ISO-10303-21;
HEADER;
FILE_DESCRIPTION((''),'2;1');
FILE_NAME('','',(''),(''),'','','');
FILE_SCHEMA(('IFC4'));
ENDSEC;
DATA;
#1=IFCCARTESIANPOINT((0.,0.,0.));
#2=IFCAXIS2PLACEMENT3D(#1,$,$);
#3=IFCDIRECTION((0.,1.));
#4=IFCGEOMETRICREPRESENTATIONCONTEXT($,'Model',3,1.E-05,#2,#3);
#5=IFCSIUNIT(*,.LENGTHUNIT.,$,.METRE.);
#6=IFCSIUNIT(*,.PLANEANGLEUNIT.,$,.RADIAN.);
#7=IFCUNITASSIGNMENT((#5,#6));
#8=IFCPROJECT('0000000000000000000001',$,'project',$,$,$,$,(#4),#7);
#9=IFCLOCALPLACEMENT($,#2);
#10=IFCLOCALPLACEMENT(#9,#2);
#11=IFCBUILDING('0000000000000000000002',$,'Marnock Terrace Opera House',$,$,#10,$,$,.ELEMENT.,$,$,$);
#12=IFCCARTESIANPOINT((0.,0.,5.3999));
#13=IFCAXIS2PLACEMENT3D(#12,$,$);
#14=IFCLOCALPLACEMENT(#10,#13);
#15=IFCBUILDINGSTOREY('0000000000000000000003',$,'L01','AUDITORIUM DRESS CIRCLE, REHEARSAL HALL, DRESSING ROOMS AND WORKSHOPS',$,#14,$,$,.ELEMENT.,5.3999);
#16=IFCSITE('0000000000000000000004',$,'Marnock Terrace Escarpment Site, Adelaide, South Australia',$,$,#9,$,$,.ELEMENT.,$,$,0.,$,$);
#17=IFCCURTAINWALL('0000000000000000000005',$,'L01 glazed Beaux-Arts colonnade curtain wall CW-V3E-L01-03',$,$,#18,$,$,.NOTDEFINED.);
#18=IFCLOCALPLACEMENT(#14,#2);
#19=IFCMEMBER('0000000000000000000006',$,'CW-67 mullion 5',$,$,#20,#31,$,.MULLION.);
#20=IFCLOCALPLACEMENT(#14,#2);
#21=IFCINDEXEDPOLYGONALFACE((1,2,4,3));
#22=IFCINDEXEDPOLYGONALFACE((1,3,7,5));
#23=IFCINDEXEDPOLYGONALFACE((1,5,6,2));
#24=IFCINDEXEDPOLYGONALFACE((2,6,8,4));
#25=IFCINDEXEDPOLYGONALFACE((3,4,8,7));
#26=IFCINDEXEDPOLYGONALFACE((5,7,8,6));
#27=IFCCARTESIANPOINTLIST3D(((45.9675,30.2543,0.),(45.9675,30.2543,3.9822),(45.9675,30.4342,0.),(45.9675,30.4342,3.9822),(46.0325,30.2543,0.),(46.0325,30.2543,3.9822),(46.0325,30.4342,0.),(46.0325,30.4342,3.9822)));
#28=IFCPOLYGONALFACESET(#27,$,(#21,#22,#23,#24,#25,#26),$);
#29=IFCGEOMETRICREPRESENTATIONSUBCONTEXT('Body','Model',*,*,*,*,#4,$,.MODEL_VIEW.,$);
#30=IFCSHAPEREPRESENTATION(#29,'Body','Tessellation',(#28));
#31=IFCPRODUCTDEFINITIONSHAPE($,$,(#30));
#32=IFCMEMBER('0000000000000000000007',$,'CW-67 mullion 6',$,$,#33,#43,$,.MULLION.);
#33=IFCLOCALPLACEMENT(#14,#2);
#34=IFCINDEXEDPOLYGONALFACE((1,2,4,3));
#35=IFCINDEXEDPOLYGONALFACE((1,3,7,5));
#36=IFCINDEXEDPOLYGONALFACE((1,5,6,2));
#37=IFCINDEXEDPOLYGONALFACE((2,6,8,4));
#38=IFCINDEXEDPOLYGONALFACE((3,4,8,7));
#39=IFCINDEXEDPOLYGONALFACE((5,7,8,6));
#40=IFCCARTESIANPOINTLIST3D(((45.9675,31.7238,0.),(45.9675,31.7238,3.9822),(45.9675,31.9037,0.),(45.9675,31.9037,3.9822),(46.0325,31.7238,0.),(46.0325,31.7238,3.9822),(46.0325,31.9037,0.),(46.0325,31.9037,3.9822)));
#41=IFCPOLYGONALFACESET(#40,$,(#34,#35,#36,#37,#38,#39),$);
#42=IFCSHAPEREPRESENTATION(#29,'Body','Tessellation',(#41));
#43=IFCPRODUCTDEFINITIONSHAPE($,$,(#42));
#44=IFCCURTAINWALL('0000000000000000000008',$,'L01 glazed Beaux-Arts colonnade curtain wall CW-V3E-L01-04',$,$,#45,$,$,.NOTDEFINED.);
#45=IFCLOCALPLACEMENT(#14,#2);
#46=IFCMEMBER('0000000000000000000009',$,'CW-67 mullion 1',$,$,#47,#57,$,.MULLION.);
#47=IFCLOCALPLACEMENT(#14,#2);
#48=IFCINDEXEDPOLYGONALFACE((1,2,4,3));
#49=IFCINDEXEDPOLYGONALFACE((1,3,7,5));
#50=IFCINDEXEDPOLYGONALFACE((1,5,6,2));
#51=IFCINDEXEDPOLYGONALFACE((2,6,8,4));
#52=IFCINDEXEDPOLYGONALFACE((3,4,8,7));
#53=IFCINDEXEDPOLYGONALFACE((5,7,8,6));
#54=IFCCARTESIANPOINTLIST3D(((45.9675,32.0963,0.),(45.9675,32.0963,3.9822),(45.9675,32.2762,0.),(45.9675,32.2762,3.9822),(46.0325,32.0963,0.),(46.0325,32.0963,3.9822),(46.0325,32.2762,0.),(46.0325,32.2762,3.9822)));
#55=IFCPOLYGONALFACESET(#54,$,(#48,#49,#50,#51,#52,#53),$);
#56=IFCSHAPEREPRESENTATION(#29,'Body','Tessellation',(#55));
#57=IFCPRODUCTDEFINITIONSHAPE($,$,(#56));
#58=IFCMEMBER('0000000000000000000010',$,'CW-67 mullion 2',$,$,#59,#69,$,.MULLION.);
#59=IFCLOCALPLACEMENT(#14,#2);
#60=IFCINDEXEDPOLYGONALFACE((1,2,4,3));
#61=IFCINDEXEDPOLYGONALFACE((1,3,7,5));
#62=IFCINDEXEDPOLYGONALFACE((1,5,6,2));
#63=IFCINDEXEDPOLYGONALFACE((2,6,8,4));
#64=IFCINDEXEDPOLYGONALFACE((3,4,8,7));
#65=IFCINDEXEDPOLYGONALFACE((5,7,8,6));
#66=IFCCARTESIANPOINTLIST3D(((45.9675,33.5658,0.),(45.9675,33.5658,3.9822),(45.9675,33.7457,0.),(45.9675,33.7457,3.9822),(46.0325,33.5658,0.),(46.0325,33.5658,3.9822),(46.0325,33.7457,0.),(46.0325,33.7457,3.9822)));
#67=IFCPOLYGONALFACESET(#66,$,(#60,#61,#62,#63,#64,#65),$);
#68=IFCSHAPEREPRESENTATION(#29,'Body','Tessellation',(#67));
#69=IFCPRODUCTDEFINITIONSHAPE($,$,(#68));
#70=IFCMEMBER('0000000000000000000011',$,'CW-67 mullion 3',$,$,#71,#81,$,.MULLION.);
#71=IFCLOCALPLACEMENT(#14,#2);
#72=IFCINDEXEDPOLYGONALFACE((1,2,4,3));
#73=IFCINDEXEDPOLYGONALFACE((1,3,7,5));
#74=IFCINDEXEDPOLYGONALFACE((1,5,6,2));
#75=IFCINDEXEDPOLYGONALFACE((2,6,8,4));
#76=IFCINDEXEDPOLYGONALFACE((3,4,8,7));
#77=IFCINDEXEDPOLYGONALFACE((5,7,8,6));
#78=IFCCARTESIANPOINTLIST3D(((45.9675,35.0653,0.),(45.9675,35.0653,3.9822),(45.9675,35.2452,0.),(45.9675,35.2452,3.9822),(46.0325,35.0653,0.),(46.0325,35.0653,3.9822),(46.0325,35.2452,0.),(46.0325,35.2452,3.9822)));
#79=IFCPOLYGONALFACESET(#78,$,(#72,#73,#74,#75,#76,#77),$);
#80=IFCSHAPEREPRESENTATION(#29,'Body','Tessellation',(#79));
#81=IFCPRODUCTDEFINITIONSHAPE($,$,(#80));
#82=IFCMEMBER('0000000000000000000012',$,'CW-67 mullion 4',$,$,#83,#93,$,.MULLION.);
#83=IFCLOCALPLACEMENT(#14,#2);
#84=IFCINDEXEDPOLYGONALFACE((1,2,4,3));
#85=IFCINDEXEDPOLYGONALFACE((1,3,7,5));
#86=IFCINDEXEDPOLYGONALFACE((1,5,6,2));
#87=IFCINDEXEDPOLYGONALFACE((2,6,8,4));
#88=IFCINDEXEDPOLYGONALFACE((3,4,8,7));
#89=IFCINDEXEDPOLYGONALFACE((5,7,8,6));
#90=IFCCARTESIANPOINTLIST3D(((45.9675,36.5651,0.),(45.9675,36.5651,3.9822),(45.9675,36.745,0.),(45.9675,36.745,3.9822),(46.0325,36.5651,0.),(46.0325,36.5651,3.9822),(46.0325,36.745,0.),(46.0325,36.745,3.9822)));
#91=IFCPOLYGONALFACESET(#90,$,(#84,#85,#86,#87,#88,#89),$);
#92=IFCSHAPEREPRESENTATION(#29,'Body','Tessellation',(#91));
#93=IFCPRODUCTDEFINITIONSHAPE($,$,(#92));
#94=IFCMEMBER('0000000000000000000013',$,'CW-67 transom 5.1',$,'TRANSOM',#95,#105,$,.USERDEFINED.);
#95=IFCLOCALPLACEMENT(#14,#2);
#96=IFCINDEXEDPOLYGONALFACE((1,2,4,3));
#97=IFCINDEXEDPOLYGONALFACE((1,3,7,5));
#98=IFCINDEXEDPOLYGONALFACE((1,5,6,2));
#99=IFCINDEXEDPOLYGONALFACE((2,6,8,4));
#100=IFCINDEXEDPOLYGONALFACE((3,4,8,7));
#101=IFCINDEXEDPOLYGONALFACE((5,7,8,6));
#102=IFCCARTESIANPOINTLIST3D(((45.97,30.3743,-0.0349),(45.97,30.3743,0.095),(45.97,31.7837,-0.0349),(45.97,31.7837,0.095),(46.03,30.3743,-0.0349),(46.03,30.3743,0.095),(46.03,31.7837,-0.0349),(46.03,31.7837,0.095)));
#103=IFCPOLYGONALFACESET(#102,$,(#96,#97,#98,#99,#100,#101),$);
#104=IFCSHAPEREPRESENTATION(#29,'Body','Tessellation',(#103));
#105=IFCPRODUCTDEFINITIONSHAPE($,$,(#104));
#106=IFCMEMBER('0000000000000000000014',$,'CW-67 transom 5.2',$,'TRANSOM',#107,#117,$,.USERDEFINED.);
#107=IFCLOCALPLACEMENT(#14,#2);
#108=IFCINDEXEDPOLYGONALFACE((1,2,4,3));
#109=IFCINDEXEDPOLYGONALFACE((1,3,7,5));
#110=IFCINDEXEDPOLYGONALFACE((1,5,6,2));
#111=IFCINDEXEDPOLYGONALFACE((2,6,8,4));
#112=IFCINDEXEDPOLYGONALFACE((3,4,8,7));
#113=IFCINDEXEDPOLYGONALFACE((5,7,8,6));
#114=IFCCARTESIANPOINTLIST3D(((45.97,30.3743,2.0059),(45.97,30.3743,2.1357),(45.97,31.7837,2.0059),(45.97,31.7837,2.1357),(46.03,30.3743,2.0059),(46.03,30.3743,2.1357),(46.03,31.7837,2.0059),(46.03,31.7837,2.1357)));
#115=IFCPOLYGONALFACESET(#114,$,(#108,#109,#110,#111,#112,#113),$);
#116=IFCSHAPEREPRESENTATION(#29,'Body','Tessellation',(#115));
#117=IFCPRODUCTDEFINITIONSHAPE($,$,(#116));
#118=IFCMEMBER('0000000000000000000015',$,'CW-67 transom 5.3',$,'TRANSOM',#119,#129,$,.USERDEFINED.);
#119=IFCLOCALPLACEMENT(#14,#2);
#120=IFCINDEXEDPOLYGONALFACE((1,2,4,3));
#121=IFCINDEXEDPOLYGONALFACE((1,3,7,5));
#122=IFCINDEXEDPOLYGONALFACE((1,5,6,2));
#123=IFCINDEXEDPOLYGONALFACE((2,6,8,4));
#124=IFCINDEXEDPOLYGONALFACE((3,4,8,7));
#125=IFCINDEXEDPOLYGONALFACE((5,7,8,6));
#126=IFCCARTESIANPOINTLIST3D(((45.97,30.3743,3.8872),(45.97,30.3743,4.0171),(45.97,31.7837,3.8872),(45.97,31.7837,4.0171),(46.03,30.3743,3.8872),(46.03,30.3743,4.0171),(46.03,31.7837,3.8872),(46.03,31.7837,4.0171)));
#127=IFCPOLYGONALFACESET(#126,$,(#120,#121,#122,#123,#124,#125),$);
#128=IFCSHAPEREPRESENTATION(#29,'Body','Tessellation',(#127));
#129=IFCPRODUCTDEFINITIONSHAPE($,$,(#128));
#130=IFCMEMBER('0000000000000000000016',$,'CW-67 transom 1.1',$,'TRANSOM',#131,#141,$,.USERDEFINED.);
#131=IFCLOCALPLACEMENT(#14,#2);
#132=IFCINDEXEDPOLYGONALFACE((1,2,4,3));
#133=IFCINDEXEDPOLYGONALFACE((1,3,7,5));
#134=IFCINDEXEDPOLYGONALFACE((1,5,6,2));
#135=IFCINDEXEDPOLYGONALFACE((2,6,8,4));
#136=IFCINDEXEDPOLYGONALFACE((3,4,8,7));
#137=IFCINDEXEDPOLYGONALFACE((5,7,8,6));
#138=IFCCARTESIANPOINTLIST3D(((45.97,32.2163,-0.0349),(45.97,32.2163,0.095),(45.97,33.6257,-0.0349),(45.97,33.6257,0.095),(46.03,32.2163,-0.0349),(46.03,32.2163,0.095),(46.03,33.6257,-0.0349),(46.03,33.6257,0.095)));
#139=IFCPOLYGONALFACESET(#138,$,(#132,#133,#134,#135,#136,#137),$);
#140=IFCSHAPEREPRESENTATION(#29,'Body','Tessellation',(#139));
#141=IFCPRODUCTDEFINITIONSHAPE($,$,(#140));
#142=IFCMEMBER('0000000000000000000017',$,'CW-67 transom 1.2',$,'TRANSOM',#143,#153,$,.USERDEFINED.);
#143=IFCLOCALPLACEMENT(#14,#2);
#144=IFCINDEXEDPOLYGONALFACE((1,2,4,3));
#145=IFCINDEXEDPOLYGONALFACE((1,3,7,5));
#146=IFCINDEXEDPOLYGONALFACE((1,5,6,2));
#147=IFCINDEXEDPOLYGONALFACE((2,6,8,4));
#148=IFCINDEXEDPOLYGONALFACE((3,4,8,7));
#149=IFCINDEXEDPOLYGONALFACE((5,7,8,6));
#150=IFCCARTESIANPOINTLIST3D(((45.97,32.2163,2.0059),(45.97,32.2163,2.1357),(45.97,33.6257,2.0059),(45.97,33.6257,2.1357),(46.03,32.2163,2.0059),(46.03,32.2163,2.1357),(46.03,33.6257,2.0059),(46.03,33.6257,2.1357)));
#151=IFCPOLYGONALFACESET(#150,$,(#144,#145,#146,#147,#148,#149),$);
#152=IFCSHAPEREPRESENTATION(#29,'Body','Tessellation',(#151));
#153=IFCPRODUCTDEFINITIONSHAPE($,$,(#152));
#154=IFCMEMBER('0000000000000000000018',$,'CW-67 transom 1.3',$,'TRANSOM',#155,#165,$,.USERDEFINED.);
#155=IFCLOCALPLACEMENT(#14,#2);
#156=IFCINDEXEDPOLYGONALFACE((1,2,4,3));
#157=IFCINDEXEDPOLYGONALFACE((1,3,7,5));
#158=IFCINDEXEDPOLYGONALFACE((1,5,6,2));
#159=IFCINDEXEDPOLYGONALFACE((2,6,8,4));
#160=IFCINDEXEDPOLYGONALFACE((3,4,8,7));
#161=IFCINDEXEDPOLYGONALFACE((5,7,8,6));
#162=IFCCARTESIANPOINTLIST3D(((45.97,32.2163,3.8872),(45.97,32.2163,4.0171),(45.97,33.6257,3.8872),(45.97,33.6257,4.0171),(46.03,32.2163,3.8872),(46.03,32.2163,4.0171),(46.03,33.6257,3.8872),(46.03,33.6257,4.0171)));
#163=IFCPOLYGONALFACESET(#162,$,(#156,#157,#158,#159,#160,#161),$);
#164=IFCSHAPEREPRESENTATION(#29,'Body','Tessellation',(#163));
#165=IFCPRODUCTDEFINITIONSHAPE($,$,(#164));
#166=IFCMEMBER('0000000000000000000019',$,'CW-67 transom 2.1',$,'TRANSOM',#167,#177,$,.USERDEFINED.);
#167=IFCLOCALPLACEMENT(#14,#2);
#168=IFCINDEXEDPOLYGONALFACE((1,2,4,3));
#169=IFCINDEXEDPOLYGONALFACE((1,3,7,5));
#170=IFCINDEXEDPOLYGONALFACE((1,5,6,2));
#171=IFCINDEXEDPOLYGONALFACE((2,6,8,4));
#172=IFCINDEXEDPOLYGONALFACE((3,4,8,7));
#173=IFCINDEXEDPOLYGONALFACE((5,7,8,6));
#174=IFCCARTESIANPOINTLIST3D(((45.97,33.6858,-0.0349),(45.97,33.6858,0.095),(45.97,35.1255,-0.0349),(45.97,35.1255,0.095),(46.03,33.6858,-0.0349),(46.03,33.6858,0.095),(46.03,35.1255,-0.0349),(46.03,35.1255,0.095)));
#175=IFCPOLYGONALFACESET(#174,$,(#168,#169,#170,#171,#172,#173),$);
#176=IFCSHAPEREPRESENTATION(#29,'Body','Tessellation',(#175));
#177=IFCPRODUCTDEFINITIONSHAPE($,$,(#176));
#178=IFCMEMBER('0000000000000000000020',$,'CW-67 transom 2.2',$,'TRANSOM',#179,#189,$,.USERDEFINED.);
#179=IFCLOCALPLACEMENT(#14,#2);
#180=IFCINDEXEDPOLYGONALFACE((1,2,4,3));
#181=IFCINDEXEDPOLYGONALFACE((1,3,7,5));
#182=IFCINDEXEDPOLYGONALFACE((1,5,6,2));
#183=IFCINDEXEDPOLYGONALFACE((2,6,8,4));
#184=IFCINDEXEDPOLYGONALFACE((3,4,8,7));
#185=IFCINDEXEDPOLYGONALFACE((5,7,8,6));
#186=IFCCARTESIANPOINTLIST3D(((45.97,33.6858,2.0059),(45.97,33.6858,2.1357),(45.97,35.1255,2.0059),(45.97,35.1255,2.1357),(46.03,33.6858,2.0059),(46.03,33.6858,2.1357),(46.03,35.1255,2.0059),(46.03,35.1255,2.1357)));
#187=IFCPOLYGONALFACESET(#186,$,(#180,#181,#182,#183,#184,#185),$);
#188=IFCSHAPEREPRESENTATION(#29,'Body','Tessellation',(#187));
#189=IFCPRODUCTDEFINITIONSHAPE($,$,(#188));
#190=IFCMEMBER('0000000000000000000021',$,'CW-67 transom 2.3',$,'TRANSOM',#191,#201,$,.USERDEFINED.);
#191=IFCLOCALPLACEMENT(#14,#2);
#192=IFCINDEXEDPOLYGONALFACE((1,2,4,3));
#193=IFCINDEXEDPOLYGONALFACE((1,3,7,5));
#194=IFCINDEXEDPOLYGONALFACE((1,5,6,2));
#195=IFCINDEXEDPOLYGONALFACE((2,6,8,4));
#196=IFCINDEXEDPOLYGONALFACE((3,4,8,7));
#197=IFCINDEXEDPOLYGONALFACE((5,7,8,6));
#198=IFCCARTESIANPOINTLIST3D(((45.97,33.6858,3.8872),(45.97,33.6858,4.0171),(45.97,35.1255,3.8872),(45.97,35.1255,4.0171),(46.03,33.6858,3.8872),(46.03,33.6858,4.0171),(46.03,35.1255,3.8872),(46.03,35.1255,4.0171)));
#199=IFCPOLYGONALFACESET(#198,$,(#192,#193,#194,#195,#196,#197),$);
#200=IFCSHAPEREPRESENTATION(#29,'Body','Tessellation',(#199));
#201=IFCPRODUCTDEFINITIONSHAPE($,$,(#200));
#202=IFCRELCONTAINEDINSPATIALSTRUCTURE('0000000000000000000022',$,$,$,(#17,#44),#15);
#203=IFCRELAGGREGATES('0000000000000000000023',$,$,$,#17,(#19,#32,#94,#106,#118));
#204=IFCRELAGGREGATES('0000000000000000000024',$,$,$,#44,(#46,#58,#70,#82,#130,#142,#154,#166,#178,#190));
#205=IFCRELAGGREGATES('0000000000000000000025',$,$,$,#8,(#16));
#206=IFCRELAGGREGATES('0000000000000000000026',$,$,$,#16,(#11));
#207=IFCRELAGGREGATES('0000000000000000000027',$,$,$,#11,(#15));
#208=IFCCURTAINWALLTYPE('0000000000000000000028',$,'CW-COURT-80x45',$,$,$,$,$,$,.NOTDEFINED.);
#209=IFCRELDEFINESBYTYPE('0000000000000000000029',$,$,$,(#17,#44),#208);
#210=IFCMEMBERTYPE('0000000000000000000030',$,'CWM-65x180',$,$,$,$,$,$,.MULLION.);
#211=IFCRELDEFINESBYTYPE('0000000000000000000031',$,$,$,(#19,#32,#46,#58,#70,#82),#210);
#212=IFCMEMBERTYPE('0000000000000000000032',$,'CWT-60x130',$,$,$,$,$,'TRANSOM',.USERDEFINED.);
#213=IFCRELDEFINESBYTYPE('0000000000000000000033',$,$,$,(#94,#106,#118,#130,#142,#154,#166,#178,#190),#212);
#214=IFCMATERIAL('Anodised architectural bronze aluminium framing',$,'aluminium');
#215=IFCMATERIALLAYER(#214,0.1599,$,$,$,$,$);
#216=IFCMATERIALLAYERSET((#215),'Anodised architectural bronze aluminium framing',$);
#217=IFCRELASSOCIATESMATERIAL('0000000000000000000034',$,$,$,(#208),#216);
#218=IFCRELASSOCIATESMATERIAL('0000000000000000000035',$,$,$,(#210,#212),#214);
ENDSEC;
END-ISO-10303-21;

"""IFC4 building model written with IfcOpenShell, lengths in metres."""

from ifc_helpers import new_model, si_unit, direction, frame, origin, origin_2d, place, context, subcontext, project, spatial, rectangle, extrude, material, layer, layer_set, material_profile, profile_set, type_object, element, aggregate, save


model = new_model("IFC4")

# Units and contexts
model_context = context("Model", 3, precision=1e-05, world=origin(), true_north=direction((0.0, 1.0)))
body_context = subcontext(model_context, "Body", "Model", "MODEL_VIEW")
ifc_project = project(units=[si_unit("LENGTHUNIT", "METRE"), si_unit("PLANEANGLEUNIT", "RADIAN")], contexts=[model_context])

# Site, building, storey
site_placement = place(None, origin())
site = spatial("IfcSite", under=ifc_project, at=site_placement, Name="Marnock Terrace Escarpment Site, Adelaide, South Australia", CompositionType="ELEMENT", RefElevation=0.0)
building_placement = place(site_placement, origin())
building = spatial("IfcBuilding", under=site, at=building_placement, Name="Marnock Terrace Opera House", CompositionType="ELEMENT")
storey_placement = place(building_placement, frame((0.0, 0.0, 5.3999)))
storey = spatial("IfcBuildingStorey", under=building, at=storey_placement, Name="L01", Description="AUDITORIUM DRESS CIRCLE, REHEARSAL HALL, DRESSING ROOMS AND WORKSHOPS", CompositionType="ELEMENT", Elevation=5.3999)

# Curtain walls, members
ifc_material_1 = material(Name="Anodised architectural bronze aluminium framing", Category="aluminium")
ifc_layer_1 = layer(ifc_material_1, 0.1599)
ifc_layer_set_1 = layer_set([ifc_layer_1], Name="Anodised architectural bronze aluminium framing")
curtain_wall_type = type_object("IfcCurtainWallType", Name="CW-COURT-80x45", PredefinedType="NOTDEFINED", material=ifc_layer_set_1)
curtain_wall_1_placement = place(storey_placement, origin())
curtain_wall_1 = element("IfcCurtainWall", 1, at=curtain_wall_1_placement, inside=storey, type_object=curtain_wall_type, Name="L01 glazed Beaux-Arts colonnade curtain wall CW-V3E-L01-03", PredefinedType="NOTDEFINED")
ifc_material_profile_1 = material_profile(ifc_material_1, rectangle(XDim=0.0649, YDim=0.1799, at=origin_2d()))
ifc_profile_set_1 = profile_set([ifc_material_profile_1], Name="Anodised architectural bronze aluminium framing")
member_type_1 = type_object("IfcMemberType", Name="CWM-65x180", PredefinedType="MULLION", material=ifc_profile_set_1)
member_1_placement = place(storey_placement, frame((46.0, 30.3442, 0.0), z_axis=(0.0, 0.0, 1.0), x_axis=(-1.0, 0.0, 0.0)))
member_1 = element("IfcMember", 2, at=member_1_placement, type_object=member_type_1, Name="CW-67 mullion 5", PredefinedType="MULLION", context=body_context, shape_type="SweptSolid", body=[
    extrude(rectangle(XDim=0.0649, YDim=0.1799, at=origin_2d()), origin(), (0.0, 0.0, 1.0), 3.9822),
])
member_2_placement = place(storey_placement, frame((46.0, 31.8137, 0.0), z_axis=(0.0, 0.0, 1.0), x_axis=(-1.0, 0.0, 0.0)))
member_2 = element("IfcMember", 3, at=member_2_placement, type_object=member_type_1, Name="CW-67 mullion 6", PredefinedType="MULLION", context=body_context, shape_type="SweptSolid", body=[
    extrude(rectangle(XDim=0.0649, YDim=0.1799, at=origin_2d()), origin(), (0.0, 0.0, 1.0), 3.9822),
])
curtain_wall_2_placement = place(storey_placement, origin())
curtain_wall_2 = element("IfcCurtainWall", 4, at=curtain_wall_2_placement, inside=storey, type_object=curtain_wall_type, Name="L01 glazed Beaux-Arts colonnade curtain wall CW-V3E-L01-04", PredefinedType="NOTDEFINED")
member_3_placement = place(storey_placement, frame((46.0, 32.1863, 0.0), z_axis=(0.0, 0.0, 1.0), x_axis=(-1.0, 0.0, 0.0)))
member_3 = element("IfcMember", 5, at=member_3_placement, type_object=member_type_1, Name="CW-67 mullion 1", PredefinedType="MULLION", context=body_context, shape_type="SweptSolid", body=[
    extrude(rectangle(XDim=0.0649, YDim=0.1799, at=origin_2d()), origin(), (0.0, 0.0, 1.0), 3.9822),
])
member_4_placement = place(storey_placement, frame((46.0, 33.6558, 0.0), z_axis=(0.0, 0.0, 1.0), x_axis=(-1.0, 0.0, 0.0)))
member_4 = element("IfcMember", 6, at=member_4_placement, type_object=member_type_1, Name="CW-67 mullion 2", PredefinedType="MULLION", context=body_context, shape_type="SweptSolid", body=[
    extrude(rectangle(XDim=0.0649, YDim=0.1799, at=origin_2d()), origin(), (0.0, 0.0, 1.0), 3.9822),
])
member_5_placement = place(storey_placement, frame((46.0, 35.1553, 0.0), z_axis=(0.0, 0.0, 1.0), x_axis=(-1.0, 0.0, 0.0)))
member_5 = element("IfcMember", 7, at=member_5_placement, type_object=member_type_1, Name="CW-67 mullion 3", PredefinedType="MULLION", context=body_context, shape_type="SweptSolid", body=[
    extrude(rectangle(XDim=0.0649, YDim=0.1799, at=origin_2d()), origin(), (0.0, 0.0, 1.0), 3.9822),
])
member_6_placement = place(storey_placement, frame((46.0, 36.655, 0.0), z_axis=(0.0, 0.0, 1.0), x_axis=(-1.0, 0.0, 0.0)))
member_6 = element("IfcMember", 8, at=member_6_placement, type_object=member_type_1, Name="CW-67 mullion 4", PredefinedType="MULLION", context=body_context, shape_type="SweptSolid", body=[
    extrude(rectangle(XDim=0.0649, YDim=0.1799, at=origin_2d()), origin(), (0.0, 0.0, 1.0), 3.9822),
])

# Members
ifc_material_profile_2 = material_profile(ifc_material_1, rectangle(XDim=0.0601, YDim=0.1299, at=origin_2d()))
ifc_profile_set_2 = profile_set([ifc_material_profile_2], Name="Anodised architectural bronze aluminium framing")
member_type_2 = type_object("IfcMemberType", Name="CWT-60x130", ElementType="TRANSOM", PredefinedType="USERDEFINED", material=ifc_profile_set_2)
member_7_placement = place(storey_placement, frame((46.0, 30.3743, 0.03), z_axis=(0.0, 1.0, 0.0), x_axis=(-1.0, 0.0, 0.0)))
member_7 = element("IfcMember", 9, at=member_7_placement, type_object=member_type_2, Name="CW-67 transom 5.1", ObjectType="TRANSOM", PredefinedType="USERDEFINED", context=body_context, shape_type="SweptSolid", body=[
    extrude(rectangle(XDim=0.0601, YDim=0.1299, at=origin_2d()), origin(), (0.0, 0.0, 1.0), 1.4094),
])
member_8_placement = place(storey_placement, frame((46.0, 30.3743, 2.0708), z_axis=(0.0, 1.0, 0.0), x_axis=(-1.0, 0.0, 0.0)))
member_8 = element("IfcMember", 10, at=member_8_placement, type_object=member_type_2, Name="CW-67 transom 5.2", ObjectType="TRANSOM", PredefinedType="USERDEFINED", context=body_context, shape_type="SweptSolid", body=[
    extrude(rectangle(XDim=0.0601, YDim=0.1299, at=origin_2d()), origin(), (0.0, 0.0, 1.0), 1.4094),
])
member_9_placement = place(storey_placement, frame((46.0, 30.3743, 3.9521), z_axis=(0.0, 1.0, 0.0), x_axis=(-1.0, 0.0, 0.0)))
member_9 = element("IfcMember", 11, at=member_9_placement, type_object=member_type_2, Name="CW-67 transom 5.3", ObjectType="TRANSOM", PredefinedType="USERDEFINED", context=body_context, shape_type="SweptSolid", body=[
    extrude(rectangle(XDim=0.0601, YDim=0.1299, at=origin_2d()), origin(), (0.0, 0.0, 1.0), 1.4094),
])
member_10_placement = place(storey_placement, frame((46.0, 32.2163, 0.03), z_axis=(0.0, 1.0, 0.0), x_axis=(-1.0, 0.0, 0.0)))
member_10 = element("IfcMember", 12, at=member_10_placement, type_object=member_type_2, Name="CW-67 transom 1.1", ObjectType="TRANSOM", PredefinedType="USERDEFINED", context=body_context, shape_type="SweptSolid", body=[
    extrude(rectangle(XDim=0.0601, YDim=0.1299, at=origin_2d()), origin(), (0.0, 0.0, 1.0), 1.4094),
])
member_11_placement = place(storey_placement, frame((46.0, 32.2163, 2.0708), z_axis=(0.0, 1.0, 0.0), x_axis=(-1.0, 0.0, 0.0)))
member_11 = element("IfcMember", 13, at=member_11_placement, type_object=member_type_2, Name="CW-67 transom 1.2", ObjectType="TRANSOM", PredefinedType="USERDEFINED", context=body_context, shape_type="SweptSolid", body=[
    extrude(rectangle(XDim=0.0601, YDim=0.1299, at=origin_2d()), origin(), (0.0, 0.0, 1.0), 1.4094),
])
member_12_placement = place(storey_placement, frame((46.0, 32.2163, 3.9521), z_axis=(0.0, 1.0, 0.0), x_axis=(-1.0, 0.0, 0.0)))
member_12 = element("IfcMember", 14, at=member_12_placement, type_object=member_type_2, Name="CW-67 transom 1.3", ObjectType="TRANSOM", PredefinedType="USERDEFINED", context=body_context, shape_type="SweptSolid", body=[
    extrude(rectangle(XDim=0.0601, YDim=0.1299, at=origin_2d()), origin(), (0.0, 0.0, 1.0), 1.4094),
])
member_13_placement = place(storey_placement, frame((46.0, 33.6858, 0.03), z_axis=(0.0, 1.0, 0.0), x_axis=(-1.0, 0.0, 0.0)))
member_13 = element("IfcMember", 15, at=member_13_placement, type_object=member_type_2, Name="CW-67 transom 2.1", ObjectType="TRANSOM", PredefinedType="USERDEFINED", context=body_context, shape_type="SweptSolid", body=[
    extrude(rectangle(XDim=0.0601, YDim=0.1299, at=origin_2d()), origin(), (0.0, 0.0, 1.0), 1.4397),
])
member_14_placement = place(storey_placement, frame((46.0, 33.6858, 2.0708), z_axis=(0.0, 1.0, 0.0), x_axis=(-1.0, 0.0, 0.0)))
member_14 = element("IfcMember", 16, at=member_14_placement, type_object=member_type_2, Name="CW-67 transom 2.2", ObjectType="TRANSOM", PredefinedType="USERDEFINED", context=body_context, shape_type="SweptSolid", body=[
    extrude(rectangle(XDim=0.0601, YDim=0.1299, at=origin_2d()), origin(), (0.0, 0.0, 1.0), 1.4397),
])
member_15_placement = place(storey_placement, frame((46.0, 33.6858, 3.9521), z_axis=(0.0, 1.0, 0.0), x_axis=(-1.0, 0.0, 0.0)))
member_15 = element("IfcMember", 17, at=member_15_placement, type_object=member_type_2, Name="CW-67 transom 2.3", ObjectType="TRANSOM", PredefinedType="USERDEFINED", context=body_context, shape_type="SweptSolid", body=[
    extrude(rectangle(XDim=0.0601, YDim=0.1299, at=origin_2d()), origin(), (0.0, 0.0, 1.0), 1.4397),
])

aggregate(curtain_wall_1, [member_1, member_2, member_7, member_8, member_9])
aggregate(curtain_wall_2, [member_3, member_4, member_5, member_6, member_10, member_11, member_12, member_13, member_14, member_15])

save(model, "model.ifc")
